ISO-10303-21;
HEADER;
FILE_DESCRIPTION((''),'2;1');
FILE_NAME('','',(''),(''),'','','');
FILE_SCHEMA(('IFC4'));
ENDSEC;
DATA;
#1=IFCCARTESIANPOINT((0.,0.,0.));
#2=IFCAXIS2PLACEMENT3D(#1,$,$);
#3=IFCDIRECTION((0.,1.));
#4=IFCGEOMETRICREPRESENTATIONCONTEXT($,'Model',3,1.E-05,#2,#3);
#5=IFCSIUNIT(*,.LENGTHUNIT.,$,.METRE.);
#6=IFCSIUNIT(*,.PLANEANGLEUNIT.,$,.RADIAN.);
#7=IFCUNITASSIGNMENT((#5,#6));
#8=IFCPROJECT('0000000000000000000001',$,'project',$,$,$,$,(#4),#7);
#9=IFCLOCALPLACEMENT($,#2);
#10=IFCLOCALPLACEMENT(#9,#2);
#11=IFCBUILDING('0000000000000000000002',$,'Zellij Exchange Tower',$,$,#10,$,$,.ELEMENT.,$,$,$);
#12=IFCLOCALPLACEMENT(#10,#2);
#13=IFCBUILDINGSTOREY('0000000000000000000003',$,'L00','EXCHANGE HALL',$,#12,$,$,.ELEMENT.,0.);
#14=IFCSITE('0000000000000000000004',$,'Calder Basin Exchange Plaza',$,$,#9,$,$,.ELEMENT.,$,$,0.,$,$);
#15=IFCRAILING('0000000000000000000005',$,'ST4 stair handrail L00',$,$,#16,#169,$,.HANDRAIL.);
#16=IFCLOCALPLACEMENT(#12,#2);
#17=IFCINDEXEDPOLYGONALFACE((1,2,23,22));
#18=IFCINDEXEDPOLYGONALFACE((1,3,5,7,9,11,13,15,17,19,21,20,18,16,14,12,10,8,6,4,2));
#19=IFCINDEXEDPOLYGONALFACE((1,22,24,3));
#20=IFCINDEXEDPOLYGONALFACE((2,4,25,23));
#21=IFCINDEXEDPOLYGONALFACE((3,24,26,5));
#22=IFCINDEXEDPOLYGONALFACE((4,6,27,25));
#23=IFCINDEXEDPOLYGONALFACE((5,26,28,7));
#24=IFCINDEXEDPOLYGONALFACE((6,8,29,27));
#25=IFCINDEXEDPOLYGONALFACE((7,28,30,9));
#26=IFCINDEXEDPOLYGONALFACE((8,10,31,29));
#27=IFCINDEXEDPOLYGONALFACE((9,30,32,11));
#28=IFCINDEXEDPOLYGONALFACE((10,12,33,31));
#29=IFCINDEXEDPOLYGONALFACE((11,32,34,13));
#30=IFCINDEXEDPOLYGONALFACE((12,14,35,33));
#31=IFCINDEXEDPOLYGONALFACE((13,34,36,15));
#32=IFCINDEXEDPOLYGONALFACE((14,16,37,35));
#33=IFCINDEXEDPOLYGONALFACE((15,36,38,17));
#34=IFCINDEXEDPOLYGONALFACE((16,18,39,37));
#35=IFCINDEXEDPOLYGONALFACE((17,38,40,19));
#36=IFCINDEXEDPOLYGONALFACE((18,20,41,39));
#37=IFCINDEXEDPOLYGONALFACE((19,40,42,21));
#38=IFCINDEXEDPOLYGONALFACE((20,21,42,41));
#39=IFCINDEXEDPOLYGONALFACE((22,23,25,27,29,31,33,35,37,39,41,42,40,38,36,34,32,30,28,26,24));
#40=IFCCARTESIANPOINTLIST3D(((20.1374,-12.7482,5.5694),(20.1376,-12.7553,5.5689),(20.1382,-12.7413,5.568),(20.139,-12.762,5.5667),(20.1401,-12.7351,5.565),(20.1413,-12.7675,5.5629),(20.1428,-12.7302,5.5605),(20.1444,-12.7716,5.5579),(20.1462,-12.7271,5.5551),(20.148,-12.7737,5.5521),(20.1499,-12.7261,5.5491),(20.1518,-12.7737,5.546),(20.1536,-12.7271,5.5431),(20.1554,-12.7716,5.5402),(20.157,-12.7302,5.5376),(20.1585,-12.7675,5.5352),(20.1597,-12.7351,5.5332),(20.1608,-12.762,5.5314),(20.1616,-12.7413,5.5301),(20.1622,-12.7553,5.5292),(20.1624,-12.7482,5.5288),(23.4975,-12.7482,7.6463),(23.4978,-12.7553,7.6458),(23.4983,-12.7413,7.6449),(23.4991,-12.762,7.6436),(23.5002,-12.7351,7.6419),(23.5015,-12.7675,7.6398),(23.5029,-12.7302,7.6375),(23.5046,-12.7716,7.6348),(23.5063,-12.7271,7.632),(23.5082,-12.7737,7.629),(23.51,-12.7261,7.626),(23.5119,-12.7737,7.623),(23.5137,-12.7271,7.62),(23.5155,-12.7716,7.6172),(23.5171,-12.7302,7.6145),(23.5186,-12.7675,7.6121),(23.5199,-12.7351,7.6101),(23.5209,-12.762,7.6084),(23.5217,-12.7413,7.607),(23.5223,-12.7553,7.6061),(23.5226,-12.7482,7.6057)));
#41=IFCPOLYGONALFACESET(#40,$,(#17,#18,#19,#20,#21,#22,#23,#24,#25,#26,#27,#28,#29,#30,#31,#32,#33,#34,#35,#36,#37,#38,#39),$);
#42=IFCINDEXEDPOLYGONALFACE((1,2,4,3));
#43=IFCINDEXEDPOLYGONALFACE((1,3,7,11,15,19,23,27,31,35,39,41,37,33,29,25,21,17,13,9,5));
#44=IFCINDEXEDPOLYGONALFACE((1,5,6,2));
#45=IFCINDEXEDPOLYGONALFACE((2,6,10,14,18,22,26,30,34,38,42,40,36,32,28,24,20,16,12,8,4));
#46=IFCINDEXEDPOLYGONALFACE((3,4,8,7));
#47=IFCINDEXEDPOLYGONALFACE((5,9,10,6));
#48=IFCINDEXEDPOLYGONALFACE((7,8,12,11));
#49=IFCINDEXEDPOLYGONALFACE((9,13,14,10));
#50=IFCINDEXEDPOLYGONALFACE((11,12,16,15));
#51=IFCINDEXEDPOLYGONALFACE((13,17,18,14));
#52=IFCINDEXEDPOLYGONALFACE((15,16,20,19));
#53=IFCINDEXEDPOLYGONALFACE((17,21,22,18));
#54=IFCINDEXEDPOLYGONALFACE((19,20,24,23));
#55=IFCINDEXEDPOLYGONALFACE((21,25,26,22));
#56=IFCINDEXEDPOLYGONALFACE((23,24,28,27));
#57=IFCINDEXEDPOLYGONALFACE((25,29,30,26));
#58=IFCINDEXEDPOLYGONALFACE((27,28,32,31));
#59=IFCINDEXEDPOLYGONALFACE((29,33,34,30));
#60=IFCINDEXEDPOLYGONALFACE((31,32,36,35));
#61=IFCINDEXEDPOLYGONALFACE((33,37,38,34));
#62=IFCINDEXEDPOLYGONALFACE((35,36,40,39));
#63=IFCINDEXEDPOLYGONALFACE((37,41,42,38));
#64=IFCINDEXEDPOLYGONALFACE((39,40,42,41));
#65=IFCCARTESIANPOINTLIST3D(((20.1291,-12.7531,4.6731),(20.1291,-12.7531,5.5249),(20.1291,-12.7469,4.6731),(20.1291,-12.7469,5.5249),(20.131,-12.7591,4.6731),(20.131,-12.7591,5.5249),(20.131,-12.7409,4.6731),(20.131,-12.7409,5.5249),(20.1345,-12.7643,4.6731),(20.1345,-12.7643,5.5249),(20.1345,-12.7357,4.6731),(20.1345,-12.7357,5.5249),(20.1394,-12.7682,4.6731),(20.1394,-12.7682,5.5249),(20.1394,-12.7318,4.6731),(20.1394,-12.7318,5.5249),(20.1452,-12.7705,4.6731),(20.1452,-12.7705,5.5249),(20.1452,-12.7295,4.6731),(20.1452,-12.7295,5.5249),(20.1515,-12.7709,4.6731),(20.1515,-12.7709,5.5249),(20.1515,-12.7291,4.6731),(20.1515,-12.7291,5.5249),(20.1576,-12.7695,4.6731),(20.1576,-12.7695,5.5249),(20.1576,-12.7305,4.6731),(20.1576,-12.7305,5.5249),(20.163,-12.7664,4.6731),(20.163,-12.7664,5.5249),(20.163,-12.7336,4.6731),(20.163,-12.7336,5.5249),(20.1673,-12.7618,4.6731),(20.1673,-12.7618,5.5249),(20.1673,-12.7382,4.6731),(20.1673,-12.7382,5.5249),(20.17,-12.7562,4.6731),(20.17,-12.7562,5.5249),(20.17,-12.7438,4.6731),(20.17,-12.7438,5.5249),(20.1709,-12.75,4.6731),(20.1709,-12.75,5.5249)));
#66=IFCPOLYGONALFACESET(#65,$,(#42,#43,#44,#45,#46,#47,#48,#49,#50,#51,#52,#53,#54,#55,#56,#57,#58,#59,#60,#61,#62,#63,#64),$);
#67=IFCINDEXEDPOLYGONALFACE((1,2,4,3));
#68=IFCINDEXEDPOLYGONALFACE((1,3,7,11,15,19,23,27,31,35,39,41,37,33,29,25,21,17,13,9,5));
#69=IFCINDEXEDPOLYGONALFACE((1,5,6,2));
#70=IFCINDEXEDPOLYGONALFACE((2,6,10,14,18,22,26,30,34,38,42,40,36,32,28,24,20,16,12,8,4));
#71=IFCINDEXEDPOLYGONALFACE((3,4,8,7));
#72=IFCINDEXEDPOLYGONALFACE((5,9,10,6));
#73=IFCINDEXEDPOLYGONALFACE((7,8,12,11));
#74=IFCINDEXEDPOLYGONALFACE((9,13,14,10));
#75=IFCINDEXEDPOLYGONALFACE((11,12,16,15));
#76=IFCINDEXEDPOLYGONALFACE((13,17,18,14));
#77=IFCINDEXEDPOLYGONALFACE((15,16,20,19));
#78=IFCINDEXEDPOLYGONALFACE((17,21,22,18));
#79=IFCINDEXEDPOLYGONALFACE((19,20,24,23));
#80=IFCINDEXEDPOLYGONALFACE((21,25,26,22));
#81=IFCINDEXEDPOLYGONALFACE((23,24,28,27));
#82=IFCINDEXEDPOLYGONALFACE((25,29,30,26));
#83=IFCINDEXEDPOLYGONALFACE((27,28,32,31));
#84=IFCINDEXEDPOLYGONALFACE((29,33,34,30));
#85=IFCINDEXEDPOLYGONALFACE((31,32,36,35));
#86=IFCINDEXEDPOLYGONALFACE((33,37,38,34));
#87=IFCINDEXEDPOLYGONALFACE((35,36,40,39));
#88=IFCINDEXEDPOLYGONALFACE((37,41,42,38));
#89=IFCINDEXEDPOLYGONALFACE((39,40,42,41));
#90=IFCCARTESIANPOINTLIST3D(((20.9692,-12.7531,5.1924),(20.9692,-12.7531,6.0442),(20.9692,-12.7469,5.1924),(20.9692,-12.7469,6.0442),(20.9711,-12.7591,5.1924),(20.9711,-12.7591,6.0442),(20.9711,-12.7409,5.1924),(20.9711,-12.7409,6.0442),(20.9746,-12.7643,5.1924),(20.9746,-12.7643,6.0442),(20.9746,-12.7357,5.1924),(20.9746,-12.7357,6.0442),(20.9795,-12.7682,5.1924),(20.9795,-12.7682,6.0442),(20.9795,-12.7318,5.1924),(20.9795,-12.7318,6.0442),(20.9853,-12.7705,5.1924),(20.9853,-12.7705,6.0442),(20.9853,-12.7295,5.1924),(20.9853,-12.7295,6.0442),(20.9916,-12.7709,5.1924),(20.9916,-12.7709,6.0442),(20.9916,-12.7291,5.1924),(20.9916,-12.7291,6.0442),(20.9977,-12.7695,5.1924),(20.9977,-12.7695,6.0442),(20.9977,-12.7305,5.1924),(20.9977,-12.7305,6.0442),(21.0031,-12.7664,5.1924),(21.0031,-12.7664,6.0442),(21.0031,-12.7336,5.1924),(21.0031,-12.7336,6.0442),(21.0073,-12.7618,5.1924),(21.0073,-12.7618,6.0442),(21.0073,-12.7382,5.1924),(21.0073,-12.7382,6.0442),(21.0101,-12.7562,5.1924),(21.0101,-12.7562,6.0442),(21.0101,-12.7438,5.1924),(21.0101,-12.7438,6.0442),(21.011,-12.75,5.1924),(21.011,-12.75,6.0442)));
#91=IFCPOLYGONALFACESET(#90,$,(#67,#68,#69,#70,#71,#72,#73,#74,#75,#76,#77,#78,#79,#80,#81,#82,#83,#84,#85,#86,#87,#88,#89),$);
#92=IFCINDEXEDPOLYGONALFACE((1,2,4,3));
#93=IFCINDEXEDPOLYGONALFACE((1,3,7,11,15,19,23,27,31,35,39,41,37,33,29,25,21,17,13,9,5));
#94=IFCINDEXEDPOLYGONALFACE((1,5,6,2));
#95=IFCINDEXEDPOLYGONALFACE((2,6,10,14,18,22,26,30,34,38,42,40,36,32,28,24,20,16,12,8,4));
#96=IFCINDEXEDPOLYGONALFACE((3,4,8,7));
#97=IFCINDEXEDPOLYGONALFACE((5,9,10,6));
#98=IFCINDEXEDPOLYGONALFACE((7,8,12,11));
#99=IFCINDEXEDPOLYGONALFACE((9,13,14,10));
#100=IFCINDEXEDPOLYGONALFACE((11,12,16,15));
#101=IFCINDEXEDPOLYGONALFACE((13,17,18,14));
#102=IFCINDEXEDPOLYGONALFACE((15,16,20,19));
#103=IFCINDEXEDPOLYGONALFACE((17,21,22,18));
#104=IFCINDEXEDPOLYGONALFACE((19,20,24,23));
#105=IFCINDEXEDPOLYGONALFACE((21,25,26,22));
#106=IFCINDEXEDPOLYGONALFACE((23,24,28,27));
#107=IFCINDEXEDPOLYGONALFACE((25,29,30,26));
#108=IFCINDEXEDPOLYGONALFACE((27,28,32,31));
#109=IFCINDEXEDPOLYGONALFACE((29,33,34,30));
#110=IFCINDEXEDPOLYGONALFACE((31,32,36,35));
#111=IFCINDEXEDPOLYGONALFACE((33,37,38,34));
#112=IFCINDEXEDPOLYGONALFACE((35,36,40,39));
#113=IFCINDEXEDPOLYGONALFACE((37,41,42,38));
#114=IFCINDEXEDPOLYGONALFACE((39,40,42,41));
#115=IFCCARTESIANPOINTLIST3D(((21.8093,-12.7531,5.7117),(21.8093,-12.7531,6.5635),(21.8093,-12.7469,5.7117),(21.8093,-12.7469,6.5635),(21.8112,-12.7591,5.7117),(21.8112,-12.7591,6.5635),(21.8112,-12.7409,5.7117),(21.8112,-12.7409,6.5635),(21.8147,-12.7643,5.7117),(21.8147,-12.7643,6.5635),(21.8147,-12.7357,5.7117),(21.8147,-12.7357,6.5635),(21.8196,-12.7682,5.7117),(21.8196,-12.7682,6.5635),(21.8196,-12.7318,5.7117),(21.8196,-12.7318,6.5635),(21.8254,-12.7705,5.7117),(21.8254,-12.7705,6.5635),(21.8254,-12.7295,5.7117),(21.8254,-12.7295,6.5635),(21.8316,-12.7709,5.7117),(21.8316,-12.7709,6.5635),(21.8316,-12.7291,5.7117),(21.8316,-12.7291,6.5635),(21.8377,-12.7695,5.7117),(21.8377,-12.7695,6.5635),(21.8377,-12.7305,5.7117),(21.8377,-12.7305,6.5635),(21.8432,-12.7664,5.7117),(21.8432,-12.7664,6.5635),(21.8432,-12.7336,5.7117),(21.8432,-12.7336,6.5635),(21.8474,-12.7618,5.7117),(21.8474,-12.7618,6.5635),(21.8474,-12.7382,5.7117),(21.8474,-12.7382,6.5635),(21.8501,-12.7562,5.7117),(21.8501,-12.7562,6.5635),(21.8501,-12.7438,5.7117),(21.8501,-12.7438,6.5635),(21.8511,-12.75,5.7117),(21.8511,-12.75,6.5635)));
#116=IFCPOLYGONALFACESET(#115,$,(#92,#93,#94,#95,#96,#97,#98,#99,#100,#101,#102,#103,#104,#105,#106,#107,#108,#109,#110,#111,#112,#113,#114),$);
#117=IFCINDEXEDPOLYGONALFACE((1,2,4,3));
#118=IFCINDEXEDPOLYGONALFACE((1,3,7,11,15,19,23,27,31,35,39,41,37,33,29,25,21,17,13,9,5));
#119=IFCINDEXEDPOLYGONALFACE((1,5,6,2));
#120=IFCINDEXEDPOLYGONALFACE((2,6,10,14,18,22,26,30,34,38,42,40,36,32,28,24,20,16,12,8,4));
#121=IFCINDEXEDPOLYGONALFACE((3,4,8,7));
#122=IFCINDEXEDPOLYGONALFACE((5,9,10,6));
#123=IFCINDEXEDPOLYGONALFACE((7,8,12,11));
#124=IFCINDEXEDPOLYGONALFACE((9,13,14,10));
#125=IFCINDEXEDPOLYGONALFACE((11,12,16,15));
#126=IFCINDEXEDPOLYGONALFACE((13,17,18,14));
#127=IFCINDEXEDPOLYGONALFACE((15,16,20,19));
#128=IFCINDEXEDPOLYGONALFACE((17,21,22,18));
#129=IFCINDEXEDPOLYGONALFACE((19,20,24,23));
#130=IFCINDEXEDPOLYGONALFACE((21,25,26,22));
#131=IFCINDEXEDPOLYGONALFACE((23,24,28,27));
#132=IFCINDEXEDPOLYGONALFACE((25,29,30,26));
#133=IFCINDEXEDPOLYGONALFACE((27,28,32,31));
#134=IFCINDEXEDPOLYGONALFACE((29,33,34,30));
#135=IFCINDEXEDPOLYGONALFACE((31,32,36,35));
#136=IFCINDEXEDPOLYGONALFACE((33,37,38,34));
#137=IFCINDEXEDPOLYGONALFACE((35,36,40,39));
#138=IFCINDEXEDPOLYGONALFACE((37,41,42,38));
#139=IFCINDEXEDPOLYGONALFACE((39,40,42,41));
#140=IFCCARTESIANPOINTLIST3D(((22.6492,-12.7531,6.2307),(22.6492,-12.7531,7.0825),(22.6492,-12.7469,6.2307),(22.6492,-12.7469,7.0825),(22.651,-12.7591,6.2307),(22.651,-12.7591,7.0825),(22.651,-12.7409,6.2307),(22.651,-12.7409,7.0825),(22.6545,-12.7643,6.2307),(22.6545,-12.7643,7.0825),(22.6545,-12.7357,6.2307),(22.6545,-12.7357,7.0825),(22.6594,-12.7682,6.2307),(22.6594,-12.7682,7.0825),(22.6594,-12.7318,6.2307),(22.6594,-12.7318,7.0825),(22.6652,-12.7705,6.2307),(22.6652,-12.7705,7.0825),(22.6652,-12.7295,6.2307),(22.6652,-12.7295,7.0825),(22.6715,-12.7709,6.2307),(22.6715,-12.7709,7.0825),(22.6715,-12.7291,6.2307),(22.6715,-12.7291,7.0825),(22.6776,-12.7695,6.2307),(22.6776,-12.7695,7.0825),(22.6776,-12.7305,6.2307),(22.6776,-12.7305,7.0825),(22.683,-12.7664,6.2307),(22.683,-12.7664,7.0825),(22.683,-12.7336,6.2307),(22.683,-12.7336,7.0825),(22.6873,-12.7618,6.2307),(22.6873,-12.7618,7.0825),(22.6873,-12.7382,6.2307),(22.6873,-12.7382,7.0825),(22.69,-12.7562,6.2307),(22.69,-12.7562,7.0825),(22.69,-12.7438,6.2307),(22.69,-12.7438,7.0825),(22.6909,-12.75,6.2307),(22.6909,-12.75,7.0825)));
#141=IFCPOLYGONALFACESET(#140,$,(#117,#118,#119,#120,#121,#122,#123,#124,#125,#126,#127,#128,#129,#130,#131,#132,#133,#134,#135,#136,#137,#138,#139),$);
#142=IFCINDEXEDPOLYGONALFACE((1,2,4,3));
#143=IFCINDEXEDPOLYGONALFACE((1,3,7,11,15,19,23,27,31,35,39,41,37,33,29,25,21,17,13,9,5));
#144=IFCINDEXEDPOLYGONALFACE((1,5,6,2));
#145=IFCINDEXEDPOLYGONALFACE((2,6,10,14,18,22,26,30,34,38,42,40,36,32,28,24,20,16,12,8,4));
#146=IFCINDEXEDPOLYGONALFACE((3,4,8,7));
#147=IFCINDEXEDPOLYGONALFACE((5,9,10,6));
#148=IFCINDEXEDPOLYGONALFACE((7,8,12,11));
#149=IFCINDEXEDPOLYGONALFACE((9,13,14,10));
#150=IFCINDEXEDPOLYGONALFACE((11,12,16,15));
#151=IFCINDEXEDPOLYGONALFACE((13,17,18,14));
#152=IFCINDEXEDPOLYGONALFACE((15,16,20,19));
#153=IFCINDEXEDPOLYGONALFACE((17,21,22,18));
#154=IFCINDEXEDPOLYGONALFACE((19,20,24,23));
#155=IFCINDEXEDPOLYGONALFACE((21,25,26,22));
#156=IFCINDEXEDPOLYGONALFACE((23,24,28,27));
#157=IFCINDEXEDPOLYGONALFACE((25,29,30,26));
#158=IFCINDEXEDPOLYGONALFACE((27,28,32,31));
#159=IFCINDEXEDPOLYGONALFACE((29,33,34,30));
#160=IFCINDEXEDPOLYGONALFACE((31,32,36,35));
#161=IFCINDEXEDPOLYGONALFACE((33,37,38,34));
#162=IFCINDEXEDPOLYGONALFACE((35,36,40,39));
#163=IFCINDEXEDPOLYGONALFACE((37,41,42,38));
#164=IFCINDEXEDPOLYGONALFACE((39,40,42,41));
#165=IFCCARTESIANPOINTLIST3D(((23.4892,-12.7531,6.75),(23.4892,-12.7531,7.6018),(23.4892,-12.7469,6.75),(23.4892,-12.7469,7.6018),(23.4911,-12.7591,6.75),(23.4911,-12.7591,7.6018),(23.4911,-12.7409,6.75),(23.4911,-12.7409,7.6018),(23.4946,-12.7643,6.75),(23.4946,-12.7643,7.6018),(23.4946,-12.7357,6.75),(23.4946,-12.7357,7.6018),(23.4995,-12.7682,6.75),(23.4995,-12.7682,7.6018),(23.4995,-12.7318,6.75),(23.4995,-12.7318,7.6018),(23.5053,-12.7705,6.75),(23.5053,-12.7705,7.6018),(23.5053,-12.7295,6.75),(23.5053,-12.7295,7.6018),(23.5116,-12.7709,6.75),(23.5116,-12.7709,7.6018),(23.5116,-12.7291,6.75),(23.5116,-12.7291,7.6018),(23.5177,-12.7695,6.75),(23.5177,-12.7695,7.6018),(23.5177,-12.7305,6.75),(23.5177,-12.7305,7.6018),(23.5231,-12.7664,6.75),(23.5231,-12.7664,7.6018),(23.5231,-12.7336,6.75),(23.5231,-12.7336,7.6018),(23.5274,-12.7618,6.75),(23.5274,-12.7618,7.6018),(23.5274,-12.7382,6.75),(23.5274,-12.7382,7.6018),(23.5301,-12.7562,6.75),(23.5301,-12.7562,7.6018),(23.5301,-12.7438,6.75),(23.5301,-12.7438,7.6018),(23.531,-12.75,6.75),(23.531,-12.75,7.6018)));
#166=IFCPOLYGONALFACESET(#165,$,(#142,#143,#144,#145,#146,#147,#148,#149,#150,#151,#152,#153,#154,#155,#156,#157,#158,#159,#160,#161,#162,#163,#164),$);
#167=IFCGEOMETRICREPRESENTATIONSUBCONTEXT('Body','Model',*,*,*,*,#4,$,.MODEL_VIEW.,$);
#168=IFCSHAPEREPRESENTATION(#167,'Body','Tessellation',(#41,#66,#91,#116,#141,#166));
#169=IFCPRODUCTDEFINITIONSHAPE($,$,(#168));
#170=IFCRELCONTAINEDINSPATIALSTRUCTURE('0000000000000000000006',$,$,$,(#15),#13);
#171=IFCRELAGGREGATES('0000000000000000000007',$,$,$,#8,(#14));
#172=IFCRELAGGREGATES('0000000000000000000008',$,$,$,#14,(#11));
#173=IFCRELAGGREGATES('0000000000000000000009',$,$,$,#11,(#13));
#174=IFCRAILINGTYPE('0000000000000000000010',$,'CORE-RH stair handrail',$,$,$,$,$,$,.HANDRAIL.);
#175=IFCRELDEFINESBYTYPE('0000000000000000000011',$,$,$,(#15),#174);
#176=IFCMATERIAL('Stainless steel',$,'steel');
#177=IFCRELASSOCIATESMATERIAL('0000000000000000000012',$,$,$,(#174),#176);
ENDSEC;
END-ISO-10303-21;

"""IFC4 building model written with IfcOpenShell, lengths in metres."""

from ifc_helpers import new_model, si_unit, direction, frame, origin, origin_2d, place, context, subcontext, project, spatial, circle, extrude, material, type_object, element, save


model = new_model("IFC4")

# Units and contexts
model_context = context("Model", 3, precision=1e-05, world=origin(), true_north=direction((0.0, 1.0)))
body_context = subcontext(model_context, "Body", "Model", "MODEL_VIEW")
ifc_project = project(units=[si_unit("LENGTHUNIT", "METRE"), si_unit("PLANEANGLEUNIT", "RADIAN")], contexts=[model_context])

# Site, building, storey
site_placement = place(None, origin())
site = spatial("IfcSite", under=ifc_project, at=site_placement, Name="Calder Basin Exchange Plaza", CompositionType="ELEMENT", RefElevation=0.0)
building_placement = place(site_placement, origin())
building = spatial("IfcBuilding", under=site, at=building_placement, Name="Zellij Exchange Tower", CompositionType="ELEMENT")
storey_placement = place(building_placement, origin())
storey = spatial("IfcBuildingStorey", under=building, at=storey_placement, Name="L00", Description="EXCHANGE HALL", CompositionType="ELEMENT", Elevation=0.0)

# Railing
ifc_material_1 = material(Name="Stainless steel", Category="steel")
railing_type_1 = type_object("IfcRailingType", Name="CORE-RH stair handrail", PredefinedType="HANDRAIL", material=ifc_material_1)
for number, where, name in (
    (1, (20.1499, -12.75, 4.6731), "ST4 stair handrail L00"),
):
    element("IfcRailing", number, at=place(storey_placement, frame(where)), inside=storey, type_object=railing_type_1, Name=name, PredefinedType="HANDRAIL", context=body_context, shape_type="SweptSolid", body=[
        extrude(circle(Radius=0.0239, at=origin_2d()), frame((0.0, 0.0, 0.876), z_axis=(0.850623, 0.0, 0.525776), x_axis=(0.0, 1.0, 0.0)), (0.0, 0.0, 1.0), 3.9502),
        extrude(circle(Radius=0.021, at=origin_2d()), origin(), (0.0, 0.0, 1.0), 0.8518),
        extrude(circle(Radius=0.021, at=origin_2d()), frame((0.8401, 0.0, 0.5193)), (0.0, 0.0, 1.0), 0.8518),
        extrude(circle(Radius=0.021, at=origin_2d()), frame((1.6802, 0.0, 1.0386)), (0.0, 0.0, 1.0), 0.8518),
        extrude(circle(Radius=0.021, at=origin_2d()), frame((2.52, 0.0, 1.5576)), (0.0, 0.0, 1.0), 0.8518),
        extrude(circle(Radius=0.021, at=origin_2d()), frame((3.3601, 0.0, 2.0769)), (0.0, 0.0, 1.0), 0.8518),
    ])

save(model, "model.ifc")
